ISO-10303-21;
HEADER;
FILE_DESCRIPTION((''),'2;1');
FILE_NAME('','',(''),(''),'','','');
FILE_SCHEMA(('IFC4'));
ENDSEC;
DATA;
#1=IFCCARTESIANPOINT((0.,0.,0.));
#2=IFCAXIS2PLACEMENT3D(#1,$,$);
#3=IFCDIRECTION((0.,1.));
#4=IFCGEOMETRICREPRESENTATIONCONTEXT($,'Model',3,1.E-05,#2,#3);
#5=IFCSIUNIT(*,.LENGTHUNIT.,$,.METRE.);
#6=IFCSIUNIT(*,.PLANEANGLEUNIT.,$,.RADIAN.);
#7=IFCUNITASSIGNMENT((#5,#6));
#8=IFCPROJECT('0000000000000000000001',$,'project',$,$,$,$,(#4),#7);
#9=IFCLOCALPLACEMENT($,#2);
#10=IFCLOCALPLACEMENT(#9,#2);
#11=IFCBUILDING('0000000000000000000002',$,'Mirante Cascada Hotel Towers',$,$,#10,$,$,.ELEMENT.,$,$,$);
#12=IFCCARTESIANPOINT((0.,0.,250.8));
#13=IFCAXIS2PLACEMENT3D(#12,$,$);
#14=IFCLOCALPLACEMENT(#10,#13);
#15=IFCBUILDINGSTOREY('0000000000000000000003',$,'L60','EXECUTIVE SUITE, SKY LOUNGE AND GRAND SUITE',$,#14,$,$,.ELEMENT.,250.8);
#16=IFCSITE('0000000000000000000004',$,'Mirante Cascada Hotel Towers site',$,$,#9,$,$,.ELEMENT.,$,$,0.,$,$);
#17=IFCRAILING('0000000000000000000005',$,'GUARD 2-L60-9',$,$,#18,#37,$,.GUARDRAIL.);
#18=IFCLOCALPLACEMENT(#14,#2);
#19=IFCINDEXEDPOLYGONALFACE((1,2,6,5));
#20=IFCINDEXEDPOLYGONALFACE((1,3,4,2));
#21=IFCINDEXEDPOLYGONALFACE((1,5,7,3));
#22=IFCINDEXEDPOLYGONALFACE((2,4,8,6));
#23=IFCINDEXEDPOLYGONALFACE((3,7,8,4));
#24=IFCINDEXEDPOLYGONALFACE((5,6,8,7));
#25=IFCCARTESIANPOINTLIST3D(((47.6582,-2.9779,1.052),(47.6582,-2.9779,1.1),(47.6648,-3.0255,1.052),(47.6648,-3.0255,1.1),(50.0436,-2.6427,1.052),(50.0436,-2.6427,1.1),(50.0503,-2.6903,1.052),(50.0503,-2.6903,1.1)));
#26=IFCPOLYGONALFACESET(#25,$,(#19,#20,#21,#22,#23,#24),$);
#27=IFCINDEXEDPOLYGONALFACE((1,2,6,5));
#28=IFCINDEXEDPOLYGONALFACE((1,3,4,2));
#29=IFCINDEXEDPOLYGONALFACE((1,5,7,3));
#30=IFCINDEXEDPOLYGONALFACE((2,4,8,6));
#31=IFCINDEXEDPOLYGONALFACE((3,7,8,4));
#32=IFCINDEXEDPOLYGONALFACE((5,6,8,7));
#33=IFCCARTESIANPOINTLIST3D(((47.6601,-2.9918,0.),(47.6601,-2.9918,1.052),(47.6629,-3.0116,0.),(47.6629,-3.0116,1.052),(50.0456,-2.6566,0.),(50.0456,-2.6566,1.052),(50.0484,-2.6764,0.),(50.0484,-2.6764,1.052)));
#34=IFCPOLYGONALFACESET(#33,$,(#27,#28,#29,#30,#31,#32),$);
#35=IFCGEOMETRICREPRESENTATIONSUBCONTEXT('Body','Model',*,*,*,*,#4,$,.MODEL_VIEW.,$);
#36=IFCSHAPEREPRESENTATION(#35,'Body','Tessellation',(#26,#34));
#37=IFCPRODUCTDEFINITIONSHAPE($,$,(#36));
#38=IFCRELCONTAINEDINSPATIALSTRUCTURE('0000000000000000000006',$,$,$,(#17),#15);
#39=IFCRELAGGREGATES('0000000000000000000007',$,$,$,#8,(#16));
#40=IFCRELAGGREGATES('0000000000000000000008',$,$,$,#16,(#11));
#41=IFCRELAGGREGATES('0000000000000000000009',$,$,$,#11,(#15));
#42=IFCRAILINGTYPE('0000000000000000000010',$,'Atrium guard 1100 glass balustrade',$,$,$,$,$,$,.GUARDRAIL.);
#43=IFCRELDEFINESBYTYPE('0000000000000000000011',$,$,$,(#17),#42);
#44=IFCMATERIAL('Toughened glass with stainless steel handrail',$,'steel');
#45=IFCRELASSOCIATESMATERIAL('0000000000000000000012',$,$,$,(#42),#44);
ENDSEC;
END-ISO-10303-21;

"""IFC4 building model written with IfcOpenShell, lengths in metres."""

from ifc_helpers import new_model, si_unit, direction, frame, origin, origin_2d, place, context, subcontext, project, spatial, rectangle, extrude, material, type_object, element, save


model = new_model("IFC4")

# Units and contexts
model_context = context("Model", 3, precision=1e-05, world=origin(), true_north=direction((0.0, 1.0)))
body_context = subcontext(model_context, "Body", "Model", "MODEL_VIEW")
ifc_project = project(units=[si_unit("LENGTHUNIT", "METRE"), si_unit("PLANEANGLEUNIT", "RADIAN")], contexts=[model_context])

# Site, building, storey
site_placement = place(None, origin())
site = spatial("IfcSite", under=ifc_project, at=site_placement, Name="Mirante Cascada Hotel Towers site", CompositionType="ELEMENT", RefElevation=0.0)
building_placement = place(site_placement, origin())
building = spatial("IfcBuilding", under=site, at=building_placement, Name="Mirante Cascada Hotel Towers", CompositionType="ELEMENT")
storey_placement = place(building_placement, frame((0.0, 0.0, 250.8)))
storey = spatial("IfcBuildingStorey", under=building, at=storey_placement, Name="L60", Description="EXECUTIVE SUITE, SKY LOUNGE AND GRAND SUITE", CompositionType="ELEMENT", Elevation=250.8)

# Railing
ifc_material_1 = material(Name="Toughened glass with stainless steel handrail", Category="steel")
railing_type = type_object("IfcRailingType", Name="Atrium guard 1100 glass balustrade", PredefinedType="GUARDRAIL", material=ifc_material_1)
railing_1_placement = place(storey_placement, frame((47.6615, -3.0017, 0.0)))
element("IfcRailing", 1, at=railing_1_placement, inside=storey, type_object=railing_type, Name="GUARD 2-L60-9", PredefinedType="GUARDRAIL", context=body_context, shape_type="SweptSolid", body=[
    extrude(rectangle(XDim=0.048, YDim=0.048, at=origin_2d()), frame((0.0, 0.0, 1.076), z_axis=(0.990271, 0.139149, 0.0), x_axis=(-0.139149, 0.990271, 0.0)), (0.0, 0.0, 1.0), 2.4089),
    extrude(rectangle(XDim=0.02, YDim=1.052, at=origin_2d()), frame((0.0, 0.0, 0.526), z_axis=(0.990271, 0.139149, 0.0), x_axis=(-0.139149, 0.990271, 0.0)), (0.0, 0.0, 1.0), 2.4089),
])

save(model, "model.ifc")
